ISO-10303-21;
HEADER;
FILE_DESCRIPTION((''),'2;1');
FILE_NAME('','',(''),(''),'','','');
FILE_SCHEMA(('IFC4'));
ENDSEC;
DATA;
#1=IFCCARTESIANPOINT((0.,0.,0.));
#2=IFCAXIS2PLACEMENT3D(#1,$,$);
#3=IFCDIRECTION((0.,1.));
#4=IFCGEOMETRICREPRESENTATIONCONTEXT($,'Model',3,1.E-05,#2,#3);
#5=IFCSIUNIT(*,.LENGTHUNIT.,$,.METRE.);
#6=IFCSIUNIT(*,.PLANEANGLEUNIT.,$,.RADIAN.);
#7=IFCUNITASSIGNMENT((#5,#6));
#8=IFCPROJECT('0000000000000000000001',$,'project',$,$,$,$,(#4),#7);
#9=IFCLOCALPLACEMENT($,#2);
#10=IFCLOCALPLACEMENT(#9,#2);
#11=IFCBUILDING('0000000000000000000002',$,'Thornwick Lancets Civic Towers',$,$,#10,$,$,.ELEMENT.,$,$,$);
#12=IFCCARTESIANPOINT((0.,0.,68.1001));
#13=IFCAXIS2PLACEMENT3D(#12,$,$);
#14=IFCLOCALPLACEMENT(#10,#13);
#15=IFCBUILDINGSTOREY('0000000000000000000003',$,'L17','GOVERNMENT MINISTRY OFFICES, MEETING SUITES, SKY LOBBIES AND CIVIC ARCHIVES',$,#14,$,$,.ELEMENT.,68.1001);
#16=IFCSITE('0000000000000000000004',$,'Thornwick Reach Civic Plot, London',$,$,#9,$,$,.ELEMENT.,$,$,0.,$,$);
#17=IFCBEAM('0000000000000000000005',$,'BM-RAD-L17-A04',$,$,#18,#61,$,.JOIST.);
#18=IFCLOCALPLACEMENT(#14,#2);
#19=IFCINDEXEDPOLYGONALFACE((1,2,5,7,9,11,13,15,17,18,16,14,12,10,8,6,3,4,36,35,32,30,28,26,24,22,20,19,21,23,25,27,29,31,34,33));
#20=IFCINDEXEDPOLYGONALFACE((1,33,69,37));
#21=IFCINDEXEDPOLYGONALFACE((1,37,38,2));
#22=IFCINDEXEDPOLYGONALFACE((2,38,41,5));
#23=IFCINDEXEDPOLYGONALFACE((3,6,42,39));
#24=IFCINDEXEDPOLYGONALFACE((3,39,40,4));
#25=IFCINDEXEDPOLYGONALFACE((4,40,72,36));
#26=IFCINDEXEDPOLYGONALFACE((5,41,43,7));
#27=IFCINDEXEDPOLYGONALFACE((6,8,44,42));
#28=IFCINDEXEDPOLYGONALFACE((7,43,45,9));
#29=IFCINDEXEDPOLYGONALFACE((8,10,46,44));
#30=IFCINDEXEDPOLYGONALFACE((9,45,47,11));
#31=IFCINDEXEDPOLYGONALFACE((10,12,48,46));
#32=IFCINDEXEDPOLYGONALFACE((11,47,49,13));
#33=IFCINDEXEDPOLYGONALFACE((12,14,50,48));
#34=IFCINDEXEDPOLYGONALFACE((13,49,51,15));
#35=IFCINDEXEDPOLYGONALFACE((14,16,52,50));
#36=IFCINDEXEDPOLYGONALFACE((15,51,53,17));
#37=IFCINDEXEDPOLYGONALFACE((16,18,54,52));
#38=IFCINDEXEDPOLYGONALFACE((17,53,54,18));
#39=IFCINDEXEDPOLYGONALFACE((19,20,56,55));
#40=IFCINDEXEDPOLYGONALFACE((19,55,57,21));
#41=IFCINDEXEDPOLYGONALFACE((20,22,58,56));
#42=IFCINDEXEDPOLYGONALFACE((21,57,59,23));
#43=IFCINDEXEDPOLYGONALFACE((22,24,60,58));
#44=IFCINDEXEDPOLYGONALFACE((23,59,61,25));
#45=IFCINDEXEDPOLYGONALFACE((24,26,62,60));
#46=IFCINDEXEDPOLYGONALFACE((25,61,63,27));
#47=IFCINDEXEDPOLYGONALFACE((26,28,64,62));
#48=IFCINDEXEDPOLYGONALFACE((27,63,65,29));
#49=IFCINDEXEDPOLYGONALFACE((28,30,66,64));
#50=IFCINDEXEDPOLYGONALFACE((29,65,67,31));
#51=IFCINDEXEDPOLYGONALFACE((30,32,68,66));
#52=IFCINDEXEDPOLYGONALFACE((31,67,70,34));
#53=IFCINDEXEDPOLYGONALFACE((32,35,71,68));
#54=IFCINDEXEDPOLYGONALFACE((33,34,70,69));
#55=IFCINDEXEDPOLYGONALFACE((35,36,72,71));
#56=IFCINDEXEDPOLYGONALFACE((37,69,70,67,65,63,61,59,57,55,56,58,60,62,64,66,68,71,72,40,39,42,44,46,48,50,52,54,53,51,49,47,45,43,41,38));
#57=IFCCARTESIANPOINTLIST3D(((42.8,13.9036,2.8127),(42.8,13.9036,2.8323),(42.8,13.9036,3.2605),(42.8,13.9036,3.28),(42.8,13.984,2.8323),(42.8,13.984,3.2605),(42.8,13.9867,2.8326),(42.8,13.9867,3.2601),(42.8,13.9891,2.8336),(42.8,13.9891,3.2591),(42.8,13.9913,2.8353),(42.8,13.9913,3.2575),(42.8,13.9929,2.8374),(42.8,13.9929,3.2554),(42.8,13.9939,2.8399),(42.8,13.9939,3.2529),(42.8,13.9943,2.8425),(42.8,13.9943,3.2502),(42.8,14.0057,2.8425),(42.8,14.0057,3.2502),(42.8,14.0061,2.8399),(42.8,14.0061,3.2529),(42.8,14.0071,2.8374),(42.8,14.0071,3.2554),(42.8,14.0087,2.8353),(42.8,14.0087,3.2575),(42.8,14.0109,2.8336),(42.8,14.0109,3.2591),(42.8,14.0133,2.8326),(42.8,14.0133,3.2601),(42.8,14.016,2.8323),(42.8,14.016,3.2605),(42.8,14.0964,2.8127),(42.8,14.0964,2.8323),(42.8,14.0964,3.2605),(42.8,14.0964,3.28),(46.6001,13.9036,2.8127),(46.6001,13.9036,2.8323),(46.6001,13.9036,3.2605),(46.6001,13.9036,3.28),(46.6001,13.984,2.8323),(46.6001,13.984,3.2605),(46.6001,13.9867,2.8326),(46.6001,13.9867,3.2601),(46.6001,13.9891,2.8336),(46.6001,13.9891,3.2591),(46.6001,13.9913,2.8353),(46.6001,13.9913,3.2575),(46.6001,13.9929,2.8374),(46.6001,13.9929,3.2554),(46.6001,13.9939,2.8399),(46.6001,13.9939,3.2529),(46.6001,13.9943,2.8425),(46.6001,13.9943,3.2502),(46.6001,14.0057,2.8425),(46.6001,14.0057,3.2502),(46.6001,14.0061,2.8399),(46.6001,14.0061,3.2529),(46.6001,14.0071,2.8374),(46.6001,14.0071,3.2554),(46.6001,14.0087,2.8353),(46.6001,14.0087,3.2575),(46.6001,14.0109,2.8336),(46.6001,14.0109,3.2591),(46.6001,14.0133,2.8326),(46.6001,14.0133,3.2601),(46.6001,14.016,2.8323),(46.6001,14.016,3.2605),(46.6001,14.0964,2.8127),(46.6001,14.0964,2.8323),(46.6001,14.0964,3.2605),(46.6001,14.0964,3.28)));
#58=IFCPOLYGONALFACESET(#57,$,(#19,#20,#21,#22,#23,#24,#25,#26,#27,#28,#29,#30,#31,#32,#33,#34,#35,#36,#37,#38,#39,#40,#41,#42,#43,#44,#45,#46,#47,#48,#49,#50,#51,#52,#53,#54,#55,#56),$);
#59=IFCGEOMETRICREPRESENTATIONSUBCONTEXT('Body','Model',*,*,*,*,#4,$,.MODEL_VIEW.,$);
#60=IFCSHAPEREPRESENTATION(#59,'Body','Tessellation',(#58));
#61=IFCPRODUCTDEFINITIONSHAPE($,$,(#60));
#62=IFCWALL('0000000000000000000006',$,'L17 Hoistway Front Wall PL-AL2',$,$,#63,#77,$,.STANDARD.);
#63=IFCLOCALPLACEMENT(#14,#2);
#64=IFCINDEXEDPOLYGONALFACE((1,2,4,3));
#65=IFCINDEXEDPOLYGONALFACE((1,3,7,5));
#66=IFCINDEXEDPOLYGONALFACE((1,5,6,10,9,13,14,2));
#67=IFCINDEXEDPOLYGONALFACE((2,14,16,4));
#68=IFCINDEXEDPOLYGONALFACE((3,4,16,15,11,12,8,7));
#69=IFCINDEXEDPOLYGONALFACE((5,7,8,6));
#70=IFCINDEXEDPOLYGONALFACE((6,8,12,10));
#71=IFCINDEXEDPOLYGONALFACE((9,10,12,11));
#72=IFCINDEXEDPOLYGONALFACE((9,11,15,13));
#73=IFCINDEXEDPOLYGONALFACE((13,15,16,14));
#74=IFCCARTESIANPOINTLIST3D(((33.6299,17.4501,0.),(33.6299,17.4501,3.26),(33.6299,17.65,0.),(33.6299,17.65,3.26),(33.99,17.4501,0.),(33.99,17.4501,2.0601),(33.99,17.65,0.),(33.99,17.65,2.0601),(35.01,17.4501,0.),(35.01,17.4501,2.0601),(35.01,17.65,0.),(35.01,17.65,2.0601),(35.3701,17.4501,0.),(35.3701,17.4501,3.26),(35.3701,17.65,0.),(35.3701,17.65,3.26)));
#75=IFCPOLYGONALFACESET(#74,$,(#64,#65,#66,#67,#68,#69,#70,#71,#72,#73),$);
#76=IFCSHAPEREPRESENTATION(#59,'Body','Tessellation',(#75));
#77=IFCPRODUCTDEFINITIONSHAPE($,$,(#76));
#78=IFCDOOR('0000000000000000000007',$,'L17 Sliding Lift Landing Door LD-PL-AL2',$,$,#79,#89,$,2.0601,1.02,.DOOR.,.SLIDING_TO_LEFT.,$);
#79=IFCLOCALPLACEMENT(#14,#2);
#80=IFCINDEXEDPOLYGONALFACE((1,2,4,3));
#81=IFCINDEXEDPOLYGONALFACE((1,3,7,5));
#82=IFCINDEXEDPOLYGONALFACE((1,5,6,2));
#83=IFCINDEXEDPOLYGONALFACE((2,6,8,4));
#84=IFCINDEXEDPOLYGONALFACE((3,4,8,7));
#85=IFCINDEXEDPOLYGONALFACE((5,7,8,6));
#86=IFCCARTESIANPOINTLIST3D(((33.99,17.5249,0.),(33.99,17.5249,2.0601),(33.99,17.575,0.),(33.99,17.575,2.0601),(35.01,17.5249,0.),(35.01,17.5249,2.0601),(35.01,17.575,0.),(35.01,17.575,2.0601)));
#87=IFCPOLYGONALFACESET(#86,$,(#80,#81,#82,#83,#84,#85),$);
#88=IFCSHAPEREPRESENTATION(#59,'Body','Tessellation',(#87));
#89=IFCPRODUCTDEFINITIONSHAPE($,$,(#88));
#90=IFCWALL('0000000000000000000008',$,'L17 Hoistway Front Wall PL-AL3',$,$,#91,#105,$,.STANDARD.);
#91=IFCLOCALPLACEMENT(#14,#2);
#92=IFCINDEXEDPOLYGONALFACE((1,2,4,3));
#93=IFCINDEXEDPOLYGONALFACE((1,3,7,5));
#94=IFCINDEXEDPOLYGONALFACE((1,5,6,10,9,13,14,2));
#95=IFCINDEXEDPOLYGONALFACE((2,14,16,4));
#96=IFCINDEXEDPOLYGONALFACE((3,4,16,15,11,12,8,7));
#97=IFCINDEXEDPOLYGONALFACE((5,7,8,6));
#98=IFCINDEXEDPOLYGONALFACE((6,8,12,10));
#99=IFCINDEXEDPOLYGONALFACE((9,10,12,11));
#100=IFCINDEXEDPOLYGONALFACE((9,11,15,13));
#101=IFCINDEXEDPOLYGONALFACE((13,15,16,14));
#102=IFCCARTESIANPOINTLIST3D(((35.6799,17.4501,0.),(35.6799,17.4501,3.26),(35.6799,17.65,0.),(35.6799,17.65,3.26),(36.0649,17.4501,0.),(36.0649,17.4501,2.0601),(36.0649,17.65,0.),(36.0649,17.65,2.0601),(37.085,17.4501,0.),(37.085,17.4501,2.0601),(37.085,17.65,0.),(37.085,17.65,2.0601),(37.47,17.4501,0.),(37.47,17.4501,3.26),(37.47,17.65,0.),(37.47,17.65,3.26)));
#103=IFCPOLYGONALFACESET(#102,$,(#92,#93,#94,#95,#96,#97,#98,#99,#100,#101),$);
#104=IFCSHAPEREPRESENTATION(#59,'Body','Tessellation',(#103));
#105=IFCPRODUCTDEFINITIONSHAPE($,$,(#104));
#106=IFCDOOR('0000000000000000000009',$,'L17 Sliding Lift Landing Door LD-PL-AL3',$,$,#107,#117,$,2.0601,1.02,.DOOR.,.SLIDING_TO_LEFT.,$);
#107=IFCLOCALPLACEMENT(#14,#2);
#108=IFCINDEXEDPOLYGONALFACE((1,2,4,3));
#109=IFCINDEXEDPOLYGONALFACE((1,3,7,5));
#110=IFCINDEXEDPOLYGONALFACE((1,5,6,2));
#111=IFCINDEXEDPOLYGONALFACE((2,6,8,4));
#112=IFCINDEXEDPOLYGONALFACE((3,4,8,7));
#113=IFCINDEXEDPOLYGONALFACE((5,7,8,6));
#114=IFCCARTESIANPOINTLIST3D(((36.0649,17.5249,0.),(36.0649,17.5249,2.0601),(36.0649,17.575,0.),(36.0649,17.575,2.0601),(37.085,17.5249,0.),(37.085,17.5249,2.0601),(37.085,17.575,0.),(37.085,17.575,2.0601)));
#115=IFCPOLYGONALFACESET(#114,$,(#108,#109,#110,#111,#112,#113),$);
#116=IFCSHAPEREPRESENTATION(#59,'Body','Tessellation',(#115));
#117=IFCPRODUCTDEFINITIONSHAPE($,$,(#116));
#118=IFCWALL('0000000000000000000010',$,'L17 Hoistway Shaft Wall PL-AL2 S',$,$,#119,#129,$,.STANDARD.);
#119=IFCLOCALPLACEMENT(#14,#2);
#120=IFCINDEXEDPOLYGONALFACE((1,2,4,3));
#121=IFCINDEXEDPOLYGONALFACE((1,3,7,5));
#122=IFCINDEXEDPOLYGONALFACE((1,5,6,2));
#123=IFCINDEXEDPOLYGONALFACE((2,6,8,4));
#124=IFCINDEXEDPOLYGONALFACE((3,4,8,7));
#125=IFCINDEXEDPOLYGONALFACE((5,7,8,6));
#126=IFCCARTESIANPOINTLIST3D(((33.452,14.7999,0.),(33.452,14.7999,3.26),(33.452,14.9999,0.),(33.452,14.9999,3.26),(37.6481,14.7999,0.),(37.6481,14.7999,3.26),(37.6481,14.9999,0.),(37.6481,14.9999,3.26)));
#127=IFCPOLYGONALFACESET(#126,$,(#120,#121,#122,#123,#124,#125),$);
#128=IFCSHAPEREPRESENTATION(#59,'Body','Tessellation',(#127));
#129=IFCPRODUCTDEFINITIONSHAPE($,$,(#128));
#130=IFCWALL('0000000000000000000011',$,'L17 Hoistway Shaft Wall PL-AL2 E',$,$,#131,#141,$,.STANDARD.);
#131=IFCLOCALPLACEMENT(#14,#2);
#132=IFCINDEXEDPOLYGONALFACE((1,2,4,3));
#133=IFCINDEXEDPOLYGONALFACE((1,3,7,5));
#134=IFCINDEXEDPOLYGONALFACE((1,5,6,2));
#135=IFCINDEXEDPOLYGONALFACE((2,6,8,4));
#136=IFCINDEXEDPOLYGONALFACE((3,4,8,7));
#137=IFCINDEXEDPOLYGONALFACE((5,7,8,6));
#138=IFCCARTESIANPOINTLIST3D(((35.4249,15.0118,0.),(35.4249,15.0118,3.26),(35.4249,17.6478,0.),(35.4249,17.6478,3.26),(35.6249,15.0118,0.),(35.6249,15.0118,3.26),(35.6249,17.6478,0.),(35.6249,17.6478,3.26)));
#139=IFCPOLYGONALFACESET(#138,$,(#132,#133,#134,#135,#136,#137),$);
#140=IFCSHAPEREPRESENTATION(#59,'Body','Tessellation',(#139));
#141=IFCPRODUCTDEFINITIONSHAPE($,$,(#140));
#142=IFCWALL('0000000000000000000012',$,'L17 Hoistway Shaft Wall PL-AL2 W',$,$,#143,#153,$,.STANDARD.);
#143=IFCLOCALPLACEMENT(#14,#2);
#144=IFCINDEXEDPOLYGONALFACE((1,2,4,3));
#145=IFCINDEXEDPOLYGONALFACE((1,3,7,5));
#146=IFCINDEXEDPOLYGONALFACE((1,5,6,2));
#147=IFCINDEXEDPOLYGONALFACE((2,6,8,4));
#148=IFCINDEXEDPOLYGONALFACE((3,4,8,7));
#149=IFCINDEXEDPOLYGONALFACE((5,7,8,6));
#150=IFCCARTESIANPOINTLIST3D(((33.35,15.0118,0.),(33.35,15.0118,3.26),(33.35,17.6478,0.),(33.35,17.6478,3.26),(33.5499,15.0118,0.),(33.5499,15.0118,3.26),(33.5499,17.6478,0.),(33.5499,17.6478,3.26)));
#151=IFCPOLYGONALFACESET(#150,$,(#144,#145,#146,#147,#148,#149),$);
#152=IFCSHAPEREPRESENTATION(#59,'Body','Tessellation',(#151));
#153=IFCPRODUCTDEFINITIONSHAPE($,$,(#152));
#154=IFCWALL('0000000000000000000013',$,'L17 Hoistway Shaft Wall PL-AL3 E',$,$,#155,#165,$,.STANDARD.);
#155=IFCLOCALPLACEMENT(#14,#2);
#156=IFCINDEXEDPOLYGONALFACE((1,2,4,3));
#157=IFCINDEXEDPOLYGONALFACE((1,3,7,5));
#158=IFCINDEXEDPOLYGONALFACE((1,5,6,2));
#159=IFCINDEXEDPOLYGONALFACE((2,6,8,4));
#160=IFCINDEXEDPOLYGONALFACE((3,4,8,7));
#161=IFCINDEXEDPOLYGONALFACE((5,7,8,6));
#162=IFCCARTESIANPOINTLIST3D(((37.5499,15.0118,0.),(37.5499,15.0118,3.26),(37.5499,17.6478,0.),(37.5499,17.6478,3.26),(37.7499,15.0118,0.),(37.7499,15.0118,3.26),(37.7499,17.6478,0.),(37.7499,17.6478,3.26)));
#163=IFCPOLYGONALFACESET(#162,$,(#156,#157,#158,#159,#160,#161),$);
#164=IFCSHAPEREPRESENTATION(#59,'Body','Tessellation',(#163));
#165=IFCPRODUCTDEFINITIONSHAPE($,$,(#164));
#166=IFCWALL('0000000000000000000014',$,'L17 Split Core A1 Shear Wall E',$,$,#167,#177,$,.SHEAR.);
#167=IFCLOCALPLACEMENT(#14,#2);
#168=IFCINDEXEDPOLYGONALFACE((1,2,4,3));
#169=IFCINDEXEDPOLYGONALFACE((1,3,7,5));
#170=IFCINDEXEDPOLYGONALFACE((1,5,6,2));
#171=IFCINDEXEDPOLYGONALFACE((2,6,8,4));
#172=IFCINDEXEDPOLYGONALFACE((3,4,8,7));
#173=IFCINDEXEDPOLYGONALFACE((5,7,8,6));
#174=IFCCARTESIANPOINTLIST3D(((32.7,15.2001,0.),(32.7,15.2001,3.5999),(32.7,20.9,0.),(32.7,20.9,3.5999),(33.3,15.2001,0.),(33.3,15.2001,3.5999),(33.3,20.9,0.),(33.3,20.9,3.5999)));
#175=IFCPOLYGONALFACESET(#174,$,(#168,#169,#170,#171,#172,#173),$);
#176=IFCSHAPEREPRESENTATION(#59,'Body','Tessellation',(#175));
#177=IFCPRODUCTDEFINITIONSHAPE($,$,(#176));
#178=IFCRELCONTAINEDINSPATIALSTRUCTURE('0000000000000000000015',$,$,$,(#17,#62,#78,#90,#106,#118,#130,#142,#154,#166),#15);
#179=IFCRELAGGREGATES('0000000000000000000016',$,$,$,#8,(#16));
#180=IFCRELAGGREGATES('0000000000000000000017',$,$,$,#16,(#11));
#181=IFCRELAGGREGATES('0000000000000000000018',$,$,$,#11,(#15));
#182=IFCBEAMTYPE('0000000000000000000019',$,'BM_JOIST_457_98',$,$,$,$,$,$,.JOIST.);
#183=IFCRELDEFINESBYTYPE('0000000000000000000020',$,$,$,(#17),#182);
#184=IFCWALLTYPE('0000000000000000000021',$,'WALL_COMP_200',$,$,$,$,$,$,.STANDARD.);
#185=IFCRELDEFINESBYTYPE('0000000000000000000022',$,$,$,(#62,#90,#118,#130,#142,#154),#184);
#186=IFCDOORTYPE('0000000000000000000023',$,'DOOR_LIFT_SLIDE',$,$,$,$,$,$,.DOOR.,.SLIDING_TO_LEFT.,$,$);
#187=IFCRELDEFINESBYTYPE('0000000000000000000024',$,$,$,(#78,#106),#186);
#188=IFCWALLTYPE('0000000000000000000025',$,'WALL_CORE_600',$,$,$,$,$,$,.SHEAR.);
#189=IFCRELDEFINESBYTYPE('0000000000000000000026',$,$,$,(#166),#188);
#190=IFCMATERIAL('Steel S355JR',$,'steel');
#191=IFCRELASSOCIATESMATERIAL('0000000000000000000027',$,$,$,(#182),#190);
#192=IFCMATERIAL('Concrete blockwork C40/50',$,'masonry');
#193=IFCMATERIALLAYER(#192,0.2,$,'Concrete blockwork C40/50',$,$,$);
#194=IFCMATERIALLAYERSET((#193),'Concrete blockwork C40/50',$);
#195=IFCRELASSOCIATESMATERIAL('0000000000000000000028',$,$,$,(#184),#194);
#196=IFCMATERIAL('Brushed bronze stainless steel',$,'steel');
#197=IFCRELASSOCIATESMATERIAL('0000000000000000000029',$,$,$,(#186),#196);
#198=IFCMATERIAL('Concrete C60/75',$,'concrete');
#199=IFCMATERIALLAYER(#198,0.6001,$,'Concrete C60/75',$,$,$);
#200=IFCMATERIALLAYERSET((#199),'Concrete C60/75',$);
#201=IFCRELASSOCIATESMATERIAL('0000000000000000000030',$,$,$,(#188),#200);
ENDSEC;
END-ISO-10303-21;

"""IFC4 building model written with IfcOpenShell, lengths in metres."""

from ifc_helpers import new_model, si_unit, direction, frame, frame_2d, origin, origin_2d, place, context, subcontext, project, spatial, rectangle, i_section, extrude, material, layer, layer_set, material_profile, profile_set, type_object, element, fill, save


model = new_model("IFC4")

# Units and contexts
model_context = context("Model", 3, precision=1e-05, world=origin(), true_north=direction((0.0, 1.0)))
body_context = subcontext(model_context, "Body", "Model", "MODEL_VIEW")
ifc_project = project(units=[si_unit("LENGTHUNIT", "METRE"), si_unit("PLANEANGLEUNIT", "RADIAN")], contexts=[model_context])

# Site, building, storey
site_placement = place(None, origin())
site = spatial("IfcSite", under=ifc_project, at=site_placement, Name="Thornwick Reach Civic Plot, London", CompositionType="ELEMENT", RefElevation=0.0)
building_placement = place(site_placement, origin())
building = spatial("IfcBuilding", under=site, at=building_placement, Name="Thornwick Lancets Civic Towers", CompositionType="ELEMENT")
storey_placement = place(building_placement, frame((0.0, 0.0, 68.1001)))
storey = spatial("IfcBuildingStorey", under=building, at=storey_placement, Name="L17", Description="GOVERNMENT MINISTRY OFFICES, MEETING SUITES, SKY LOBBIES AND CIVIC ARCHIVES", CompositionType="ELEMENT", Elevation=68.1001)

# Shared definitions
ifc_material_1 = material(Name="Concrete C60/75", Category="concrete")

# Beam
ifc_material_2 = material(Name="Steel S355JR", Category="steel")
ifc_material_profile_1 = material_profile(ifc_material_2, i_section(OverallWidth=0.1929, OverallDepth=0.4673, WebThickness=0.0115, FlangeThickness=0.0195, FilletRadius=0.0103, at=origin_2d()), Name="UKB 457x191x98")
ifc_profile_set_1 = profile_set([ifc_material_profile_1], Name="Steel S355JR")
beam_type_1 = type_object("IfcBeamType", Name="BM_JOIST_457_98", PredefinedType="JOIST", material=ifc_profile_set_1)
beam_1_placement = place(storey_placement, frame((42.8, 14.0, 3.0464), z_axis=(1.0, 0.0, 0.0), x_axis=(0.0, 1.0, 0.0)))
element("IfcBeam", 1, at=beam_1_placement, inside=storey, type_object=beam_type_1, Name="BM-RAD-L17-A04", PredefinedType="JOIST", context=body_context, shape_type="SweptSolid", body=[
    extrude(i_section(OverallWidth=0.1929, OverallDepth=0.4673, WebThickness=0.0115, FlangeThickness=0.0195, FilletRadius=0.0103, at=origin_2d()), origin(), (0.0, 0.0, 1.0), 3.8),
])

# Walls, openings, doors
ifc_material_3 = material(Name="Concrete blockwork C40/50", Category="masonry")
ifc_layer_1 = layer(ifc_material_3, 0.2, Name="Concrete blockwork C40/50")
ifc_layer_set_1 = layer_set([ifc_layer_1], Name="Concrete blockwork C40/50")
wall_type_1 = type_object("IfcWallType", Name="WALL_COMP_200", PredefinedType="STANDARD", material=ifc_layer_set_1)
wall_1_placement = place(storey_placement, frame((33.6299, 17.55, 0.0), z_axis=(0.0, 0.0, 1.0), x_axis=(1.0, 0.0, 0.0)))
wall_1 = element("IfcWall", 2, at=wall_1_placement, inside=storey, type_object=wall_type_1, Name="L17 Hoistway Front Wall PL-AL2", PredefinedType="STANDARD", context=body_context, shape_type="SweptSolid", body=[
    extrude(rectangle(XDim=1.7402, YDim=0.2, at=frame_2d((0.8701, 0.0))), origin(), (0.0, 0.0, 1.0), 3.26),
])
opening_1_placement = place(wall_1_placement, frame((0.3601, 0.0, 0.0)))
opening_1 = element("IfcOpeningElement", 3, at=opening_1_placement, cuts=wall_1, PredefinedType="OPENING", context=body_context, shape_type="SweptSolid", body=[
    extrude(rectangle(XDim=1.02, YDim=2.0601, at=frame_2d((0.51, 1.03))), frame((0.0, 0.1099, 0.0), z_axis=(0.0, -1.0, 0.0), x_axis=(1.0, 0.0, 0.0)), (0.0, 0.0, 1.0), 0.22),
])
ifc_material_4 = material(Name="Brushed bronze stainless steel", Category="steel")
door_type = type_object("IfcDoorType", Name="DOOR_LIFT_SLIDE", OperationType="SLIDING_TO_LEFT", PredefinedType="DOOR", material=ifc_material_4)
door_1_placement = place(opening_1_placement, origin())
door_1 = element("IfcDoor", 4, at=door_1_placement, inside=storey, type_object=door_type, Name="L17 Sliding Lift Landing Door LD-PL-AL2", OperationType="SLIDING_TO_LEFT", OverallHeight=2.0601, OverallWidth=1.02, PredefinedType="DOOR", context=body_context, shape_type="SweptSolid", body=[
    extrude(rectangle(XDim=1.02, YDim=2.0601, at=frame_2d((0.51, 1.03))), frame((0.0, 0.0249, 0.0), z_axis=(0.0, -1.0, 0.0), x_axis=(1.0, 0.0, 0.0)), (0.0, 0.0, 1.0), 0.05),
])
fill(opening_1, door_1)
wall_2_placement = place(storey_placement, frame((35.6799, 17.55, 0.0), z_axis=(0.0, 0.0, 1.0), x_axis=(1.0, 0.0, 0.0)))
wall_2 = element("IfcWall", 5, at=wall_2_placement, inside=storey, type_object=wall_type_1, Name="L17 Hoistway Front Wall PL-AL3", PredefinedType="STANDARD", context=body_context, shape_type="SweptSolid", body=[
    extrude(rectangle(XDim=1.79, YDim=0.2, at=frame_2d((0.895, 0.0))), origin(), (0.0, 0.0, 1.0), 3.26),
])
opening_2_placement = place(wall_2_placement, frame((0.385, 0.0, 0.0)))
opening_2 = element("IfcOpeningElement", 6, at=opening_2_placement, cuts=wall_2, PredefinedType="OPENING", context=body_context, shape_type="SweptSolid", body=[
    extrude(rectangle(XDim=1.02, YDim=2.0601, at=frame_2d((0.51, 1.03))), frame((0.0, 0.1099, 0.0), z_axis=(0.0, -1.0, 0.0), x_axis=(1.0, 0.0, 0.0)), (0.0, 0.0, 1.0), 0.22),
])
door_2_placement = place(opening_2_placement, origin())
door_2 = element("IfcDoor", 7, at=door_2_placement, inside=storey, type_object=door_type, Name="L17 Sliding Lift Landing Door LD-PL-AL3", OperationType="SLIDING_TO_LEFT", OverallHeight=2.0601, OverallWidth=1.02, PredefinedType="DOOR", context=body_context, shape_type="SweptSolid", body=[
    extrude(rectangle(XDim=1.02, YDim=2.0601, at=frame_2d((0.51, 1.03))), frame((0.0, 0.0249, 0.0), z_axis=(0.0, -1.0, 0.0), x_axis=(1.0, 0.0, 0.0)), (0.0, 0.0, 1.0), 0.05),
])
fill(opening_2, door_2)

# Walls
wall_3_placement = place(storey_placement, frame((33.4519, 14.8999, 0.0), z_axis=(0.0, 0.0, 1.0), x_axis=(1.0, 0.0, 0.0)))
element("IfcWall", 8, at=wall_3_placement, inside=storey, type_object=wall_type_1, Name="L17 Hoistway Shaft Wall PL-AL2 S", PredefinedType="STANDARD", context=body_context, shape_type="SweptSolid", body=[
    extrude(rectangle(XDim=4.196, YDim=0.2, at=frame_2d((2.0981, 0.0))), origin(), (0.0, 0.0, 1.0), 3.26),
])
for number, where, z_axis, x_axis, name in (
    (9, (35.5249, 15.012, 0.0), (0.0, 0.0, 1.0), (0.0, 1.0, 0.0), "L17 Hoistway Shaft Wall PL-AL2 E"),
    (10, (33.45, 15.012, 0.0), (0.0, 0.0, 1.0), (0.0, 1.0, 0.0), "L17 Hoistway Shaft Wall PL-AL2 W"),
    (11, (37.6499, 15.012, 0.0), (0.0, 0.0, 1.0), (0.0, 1.0, 0.0), "L17 Hoistway Shaft Wall PL-AL3 E"),
):
    element("IfcWall", number, at=place(storey_placement, frame(where, z_axis=z_axis, x_axis=x_axis)), inside=storey, type_object=wall_type_1, Name=name, PredefinedType="STANDARD", context=body_context, shape_type="SweptSolid", body=[
        extrude(rectangle(XDim=2.636, YDim=0.2, at=frame_2d((1.3179, 0.0))), origin(), (0.0, 0.0, 1.0), 3.26),
    ])
ifc_layer_2 = layer(ifc_material_1, 0.6001, Name="Concrete C60/75")
ifc_layer_set_2 = layer_set([ifc_layer_2], Name="Concrete C60/75")
wall_type_2 = type_object("IfcWallType", Name="WALL_CORE_600", PredefinedType="SHEAR", material=ifc_layer_set_2)
wall_4_placement = place(storey_placement, frame((33.0, 15.2, 0.0), z_axis=(0.0, 0.0, 1.0), x_axis=(0.0, 1.0, 0.0)))
element("IfcWall", 12, at=wall_4_placement, inside=storey, type_object=wall_type_2, Name="L17 Split Core A1 Shear Wall E", PredefinedType="SHEAR", context=body_context, shape_type="SweptSolid", body=[
    extrude(rectangle(XDim=5.7, YDim=0.6001, at=frame_2d((2.8501, 0.0))), origin(), (0.0, 0.0, 1.0), 3.5999),
])

save(model, "model.ifc")
